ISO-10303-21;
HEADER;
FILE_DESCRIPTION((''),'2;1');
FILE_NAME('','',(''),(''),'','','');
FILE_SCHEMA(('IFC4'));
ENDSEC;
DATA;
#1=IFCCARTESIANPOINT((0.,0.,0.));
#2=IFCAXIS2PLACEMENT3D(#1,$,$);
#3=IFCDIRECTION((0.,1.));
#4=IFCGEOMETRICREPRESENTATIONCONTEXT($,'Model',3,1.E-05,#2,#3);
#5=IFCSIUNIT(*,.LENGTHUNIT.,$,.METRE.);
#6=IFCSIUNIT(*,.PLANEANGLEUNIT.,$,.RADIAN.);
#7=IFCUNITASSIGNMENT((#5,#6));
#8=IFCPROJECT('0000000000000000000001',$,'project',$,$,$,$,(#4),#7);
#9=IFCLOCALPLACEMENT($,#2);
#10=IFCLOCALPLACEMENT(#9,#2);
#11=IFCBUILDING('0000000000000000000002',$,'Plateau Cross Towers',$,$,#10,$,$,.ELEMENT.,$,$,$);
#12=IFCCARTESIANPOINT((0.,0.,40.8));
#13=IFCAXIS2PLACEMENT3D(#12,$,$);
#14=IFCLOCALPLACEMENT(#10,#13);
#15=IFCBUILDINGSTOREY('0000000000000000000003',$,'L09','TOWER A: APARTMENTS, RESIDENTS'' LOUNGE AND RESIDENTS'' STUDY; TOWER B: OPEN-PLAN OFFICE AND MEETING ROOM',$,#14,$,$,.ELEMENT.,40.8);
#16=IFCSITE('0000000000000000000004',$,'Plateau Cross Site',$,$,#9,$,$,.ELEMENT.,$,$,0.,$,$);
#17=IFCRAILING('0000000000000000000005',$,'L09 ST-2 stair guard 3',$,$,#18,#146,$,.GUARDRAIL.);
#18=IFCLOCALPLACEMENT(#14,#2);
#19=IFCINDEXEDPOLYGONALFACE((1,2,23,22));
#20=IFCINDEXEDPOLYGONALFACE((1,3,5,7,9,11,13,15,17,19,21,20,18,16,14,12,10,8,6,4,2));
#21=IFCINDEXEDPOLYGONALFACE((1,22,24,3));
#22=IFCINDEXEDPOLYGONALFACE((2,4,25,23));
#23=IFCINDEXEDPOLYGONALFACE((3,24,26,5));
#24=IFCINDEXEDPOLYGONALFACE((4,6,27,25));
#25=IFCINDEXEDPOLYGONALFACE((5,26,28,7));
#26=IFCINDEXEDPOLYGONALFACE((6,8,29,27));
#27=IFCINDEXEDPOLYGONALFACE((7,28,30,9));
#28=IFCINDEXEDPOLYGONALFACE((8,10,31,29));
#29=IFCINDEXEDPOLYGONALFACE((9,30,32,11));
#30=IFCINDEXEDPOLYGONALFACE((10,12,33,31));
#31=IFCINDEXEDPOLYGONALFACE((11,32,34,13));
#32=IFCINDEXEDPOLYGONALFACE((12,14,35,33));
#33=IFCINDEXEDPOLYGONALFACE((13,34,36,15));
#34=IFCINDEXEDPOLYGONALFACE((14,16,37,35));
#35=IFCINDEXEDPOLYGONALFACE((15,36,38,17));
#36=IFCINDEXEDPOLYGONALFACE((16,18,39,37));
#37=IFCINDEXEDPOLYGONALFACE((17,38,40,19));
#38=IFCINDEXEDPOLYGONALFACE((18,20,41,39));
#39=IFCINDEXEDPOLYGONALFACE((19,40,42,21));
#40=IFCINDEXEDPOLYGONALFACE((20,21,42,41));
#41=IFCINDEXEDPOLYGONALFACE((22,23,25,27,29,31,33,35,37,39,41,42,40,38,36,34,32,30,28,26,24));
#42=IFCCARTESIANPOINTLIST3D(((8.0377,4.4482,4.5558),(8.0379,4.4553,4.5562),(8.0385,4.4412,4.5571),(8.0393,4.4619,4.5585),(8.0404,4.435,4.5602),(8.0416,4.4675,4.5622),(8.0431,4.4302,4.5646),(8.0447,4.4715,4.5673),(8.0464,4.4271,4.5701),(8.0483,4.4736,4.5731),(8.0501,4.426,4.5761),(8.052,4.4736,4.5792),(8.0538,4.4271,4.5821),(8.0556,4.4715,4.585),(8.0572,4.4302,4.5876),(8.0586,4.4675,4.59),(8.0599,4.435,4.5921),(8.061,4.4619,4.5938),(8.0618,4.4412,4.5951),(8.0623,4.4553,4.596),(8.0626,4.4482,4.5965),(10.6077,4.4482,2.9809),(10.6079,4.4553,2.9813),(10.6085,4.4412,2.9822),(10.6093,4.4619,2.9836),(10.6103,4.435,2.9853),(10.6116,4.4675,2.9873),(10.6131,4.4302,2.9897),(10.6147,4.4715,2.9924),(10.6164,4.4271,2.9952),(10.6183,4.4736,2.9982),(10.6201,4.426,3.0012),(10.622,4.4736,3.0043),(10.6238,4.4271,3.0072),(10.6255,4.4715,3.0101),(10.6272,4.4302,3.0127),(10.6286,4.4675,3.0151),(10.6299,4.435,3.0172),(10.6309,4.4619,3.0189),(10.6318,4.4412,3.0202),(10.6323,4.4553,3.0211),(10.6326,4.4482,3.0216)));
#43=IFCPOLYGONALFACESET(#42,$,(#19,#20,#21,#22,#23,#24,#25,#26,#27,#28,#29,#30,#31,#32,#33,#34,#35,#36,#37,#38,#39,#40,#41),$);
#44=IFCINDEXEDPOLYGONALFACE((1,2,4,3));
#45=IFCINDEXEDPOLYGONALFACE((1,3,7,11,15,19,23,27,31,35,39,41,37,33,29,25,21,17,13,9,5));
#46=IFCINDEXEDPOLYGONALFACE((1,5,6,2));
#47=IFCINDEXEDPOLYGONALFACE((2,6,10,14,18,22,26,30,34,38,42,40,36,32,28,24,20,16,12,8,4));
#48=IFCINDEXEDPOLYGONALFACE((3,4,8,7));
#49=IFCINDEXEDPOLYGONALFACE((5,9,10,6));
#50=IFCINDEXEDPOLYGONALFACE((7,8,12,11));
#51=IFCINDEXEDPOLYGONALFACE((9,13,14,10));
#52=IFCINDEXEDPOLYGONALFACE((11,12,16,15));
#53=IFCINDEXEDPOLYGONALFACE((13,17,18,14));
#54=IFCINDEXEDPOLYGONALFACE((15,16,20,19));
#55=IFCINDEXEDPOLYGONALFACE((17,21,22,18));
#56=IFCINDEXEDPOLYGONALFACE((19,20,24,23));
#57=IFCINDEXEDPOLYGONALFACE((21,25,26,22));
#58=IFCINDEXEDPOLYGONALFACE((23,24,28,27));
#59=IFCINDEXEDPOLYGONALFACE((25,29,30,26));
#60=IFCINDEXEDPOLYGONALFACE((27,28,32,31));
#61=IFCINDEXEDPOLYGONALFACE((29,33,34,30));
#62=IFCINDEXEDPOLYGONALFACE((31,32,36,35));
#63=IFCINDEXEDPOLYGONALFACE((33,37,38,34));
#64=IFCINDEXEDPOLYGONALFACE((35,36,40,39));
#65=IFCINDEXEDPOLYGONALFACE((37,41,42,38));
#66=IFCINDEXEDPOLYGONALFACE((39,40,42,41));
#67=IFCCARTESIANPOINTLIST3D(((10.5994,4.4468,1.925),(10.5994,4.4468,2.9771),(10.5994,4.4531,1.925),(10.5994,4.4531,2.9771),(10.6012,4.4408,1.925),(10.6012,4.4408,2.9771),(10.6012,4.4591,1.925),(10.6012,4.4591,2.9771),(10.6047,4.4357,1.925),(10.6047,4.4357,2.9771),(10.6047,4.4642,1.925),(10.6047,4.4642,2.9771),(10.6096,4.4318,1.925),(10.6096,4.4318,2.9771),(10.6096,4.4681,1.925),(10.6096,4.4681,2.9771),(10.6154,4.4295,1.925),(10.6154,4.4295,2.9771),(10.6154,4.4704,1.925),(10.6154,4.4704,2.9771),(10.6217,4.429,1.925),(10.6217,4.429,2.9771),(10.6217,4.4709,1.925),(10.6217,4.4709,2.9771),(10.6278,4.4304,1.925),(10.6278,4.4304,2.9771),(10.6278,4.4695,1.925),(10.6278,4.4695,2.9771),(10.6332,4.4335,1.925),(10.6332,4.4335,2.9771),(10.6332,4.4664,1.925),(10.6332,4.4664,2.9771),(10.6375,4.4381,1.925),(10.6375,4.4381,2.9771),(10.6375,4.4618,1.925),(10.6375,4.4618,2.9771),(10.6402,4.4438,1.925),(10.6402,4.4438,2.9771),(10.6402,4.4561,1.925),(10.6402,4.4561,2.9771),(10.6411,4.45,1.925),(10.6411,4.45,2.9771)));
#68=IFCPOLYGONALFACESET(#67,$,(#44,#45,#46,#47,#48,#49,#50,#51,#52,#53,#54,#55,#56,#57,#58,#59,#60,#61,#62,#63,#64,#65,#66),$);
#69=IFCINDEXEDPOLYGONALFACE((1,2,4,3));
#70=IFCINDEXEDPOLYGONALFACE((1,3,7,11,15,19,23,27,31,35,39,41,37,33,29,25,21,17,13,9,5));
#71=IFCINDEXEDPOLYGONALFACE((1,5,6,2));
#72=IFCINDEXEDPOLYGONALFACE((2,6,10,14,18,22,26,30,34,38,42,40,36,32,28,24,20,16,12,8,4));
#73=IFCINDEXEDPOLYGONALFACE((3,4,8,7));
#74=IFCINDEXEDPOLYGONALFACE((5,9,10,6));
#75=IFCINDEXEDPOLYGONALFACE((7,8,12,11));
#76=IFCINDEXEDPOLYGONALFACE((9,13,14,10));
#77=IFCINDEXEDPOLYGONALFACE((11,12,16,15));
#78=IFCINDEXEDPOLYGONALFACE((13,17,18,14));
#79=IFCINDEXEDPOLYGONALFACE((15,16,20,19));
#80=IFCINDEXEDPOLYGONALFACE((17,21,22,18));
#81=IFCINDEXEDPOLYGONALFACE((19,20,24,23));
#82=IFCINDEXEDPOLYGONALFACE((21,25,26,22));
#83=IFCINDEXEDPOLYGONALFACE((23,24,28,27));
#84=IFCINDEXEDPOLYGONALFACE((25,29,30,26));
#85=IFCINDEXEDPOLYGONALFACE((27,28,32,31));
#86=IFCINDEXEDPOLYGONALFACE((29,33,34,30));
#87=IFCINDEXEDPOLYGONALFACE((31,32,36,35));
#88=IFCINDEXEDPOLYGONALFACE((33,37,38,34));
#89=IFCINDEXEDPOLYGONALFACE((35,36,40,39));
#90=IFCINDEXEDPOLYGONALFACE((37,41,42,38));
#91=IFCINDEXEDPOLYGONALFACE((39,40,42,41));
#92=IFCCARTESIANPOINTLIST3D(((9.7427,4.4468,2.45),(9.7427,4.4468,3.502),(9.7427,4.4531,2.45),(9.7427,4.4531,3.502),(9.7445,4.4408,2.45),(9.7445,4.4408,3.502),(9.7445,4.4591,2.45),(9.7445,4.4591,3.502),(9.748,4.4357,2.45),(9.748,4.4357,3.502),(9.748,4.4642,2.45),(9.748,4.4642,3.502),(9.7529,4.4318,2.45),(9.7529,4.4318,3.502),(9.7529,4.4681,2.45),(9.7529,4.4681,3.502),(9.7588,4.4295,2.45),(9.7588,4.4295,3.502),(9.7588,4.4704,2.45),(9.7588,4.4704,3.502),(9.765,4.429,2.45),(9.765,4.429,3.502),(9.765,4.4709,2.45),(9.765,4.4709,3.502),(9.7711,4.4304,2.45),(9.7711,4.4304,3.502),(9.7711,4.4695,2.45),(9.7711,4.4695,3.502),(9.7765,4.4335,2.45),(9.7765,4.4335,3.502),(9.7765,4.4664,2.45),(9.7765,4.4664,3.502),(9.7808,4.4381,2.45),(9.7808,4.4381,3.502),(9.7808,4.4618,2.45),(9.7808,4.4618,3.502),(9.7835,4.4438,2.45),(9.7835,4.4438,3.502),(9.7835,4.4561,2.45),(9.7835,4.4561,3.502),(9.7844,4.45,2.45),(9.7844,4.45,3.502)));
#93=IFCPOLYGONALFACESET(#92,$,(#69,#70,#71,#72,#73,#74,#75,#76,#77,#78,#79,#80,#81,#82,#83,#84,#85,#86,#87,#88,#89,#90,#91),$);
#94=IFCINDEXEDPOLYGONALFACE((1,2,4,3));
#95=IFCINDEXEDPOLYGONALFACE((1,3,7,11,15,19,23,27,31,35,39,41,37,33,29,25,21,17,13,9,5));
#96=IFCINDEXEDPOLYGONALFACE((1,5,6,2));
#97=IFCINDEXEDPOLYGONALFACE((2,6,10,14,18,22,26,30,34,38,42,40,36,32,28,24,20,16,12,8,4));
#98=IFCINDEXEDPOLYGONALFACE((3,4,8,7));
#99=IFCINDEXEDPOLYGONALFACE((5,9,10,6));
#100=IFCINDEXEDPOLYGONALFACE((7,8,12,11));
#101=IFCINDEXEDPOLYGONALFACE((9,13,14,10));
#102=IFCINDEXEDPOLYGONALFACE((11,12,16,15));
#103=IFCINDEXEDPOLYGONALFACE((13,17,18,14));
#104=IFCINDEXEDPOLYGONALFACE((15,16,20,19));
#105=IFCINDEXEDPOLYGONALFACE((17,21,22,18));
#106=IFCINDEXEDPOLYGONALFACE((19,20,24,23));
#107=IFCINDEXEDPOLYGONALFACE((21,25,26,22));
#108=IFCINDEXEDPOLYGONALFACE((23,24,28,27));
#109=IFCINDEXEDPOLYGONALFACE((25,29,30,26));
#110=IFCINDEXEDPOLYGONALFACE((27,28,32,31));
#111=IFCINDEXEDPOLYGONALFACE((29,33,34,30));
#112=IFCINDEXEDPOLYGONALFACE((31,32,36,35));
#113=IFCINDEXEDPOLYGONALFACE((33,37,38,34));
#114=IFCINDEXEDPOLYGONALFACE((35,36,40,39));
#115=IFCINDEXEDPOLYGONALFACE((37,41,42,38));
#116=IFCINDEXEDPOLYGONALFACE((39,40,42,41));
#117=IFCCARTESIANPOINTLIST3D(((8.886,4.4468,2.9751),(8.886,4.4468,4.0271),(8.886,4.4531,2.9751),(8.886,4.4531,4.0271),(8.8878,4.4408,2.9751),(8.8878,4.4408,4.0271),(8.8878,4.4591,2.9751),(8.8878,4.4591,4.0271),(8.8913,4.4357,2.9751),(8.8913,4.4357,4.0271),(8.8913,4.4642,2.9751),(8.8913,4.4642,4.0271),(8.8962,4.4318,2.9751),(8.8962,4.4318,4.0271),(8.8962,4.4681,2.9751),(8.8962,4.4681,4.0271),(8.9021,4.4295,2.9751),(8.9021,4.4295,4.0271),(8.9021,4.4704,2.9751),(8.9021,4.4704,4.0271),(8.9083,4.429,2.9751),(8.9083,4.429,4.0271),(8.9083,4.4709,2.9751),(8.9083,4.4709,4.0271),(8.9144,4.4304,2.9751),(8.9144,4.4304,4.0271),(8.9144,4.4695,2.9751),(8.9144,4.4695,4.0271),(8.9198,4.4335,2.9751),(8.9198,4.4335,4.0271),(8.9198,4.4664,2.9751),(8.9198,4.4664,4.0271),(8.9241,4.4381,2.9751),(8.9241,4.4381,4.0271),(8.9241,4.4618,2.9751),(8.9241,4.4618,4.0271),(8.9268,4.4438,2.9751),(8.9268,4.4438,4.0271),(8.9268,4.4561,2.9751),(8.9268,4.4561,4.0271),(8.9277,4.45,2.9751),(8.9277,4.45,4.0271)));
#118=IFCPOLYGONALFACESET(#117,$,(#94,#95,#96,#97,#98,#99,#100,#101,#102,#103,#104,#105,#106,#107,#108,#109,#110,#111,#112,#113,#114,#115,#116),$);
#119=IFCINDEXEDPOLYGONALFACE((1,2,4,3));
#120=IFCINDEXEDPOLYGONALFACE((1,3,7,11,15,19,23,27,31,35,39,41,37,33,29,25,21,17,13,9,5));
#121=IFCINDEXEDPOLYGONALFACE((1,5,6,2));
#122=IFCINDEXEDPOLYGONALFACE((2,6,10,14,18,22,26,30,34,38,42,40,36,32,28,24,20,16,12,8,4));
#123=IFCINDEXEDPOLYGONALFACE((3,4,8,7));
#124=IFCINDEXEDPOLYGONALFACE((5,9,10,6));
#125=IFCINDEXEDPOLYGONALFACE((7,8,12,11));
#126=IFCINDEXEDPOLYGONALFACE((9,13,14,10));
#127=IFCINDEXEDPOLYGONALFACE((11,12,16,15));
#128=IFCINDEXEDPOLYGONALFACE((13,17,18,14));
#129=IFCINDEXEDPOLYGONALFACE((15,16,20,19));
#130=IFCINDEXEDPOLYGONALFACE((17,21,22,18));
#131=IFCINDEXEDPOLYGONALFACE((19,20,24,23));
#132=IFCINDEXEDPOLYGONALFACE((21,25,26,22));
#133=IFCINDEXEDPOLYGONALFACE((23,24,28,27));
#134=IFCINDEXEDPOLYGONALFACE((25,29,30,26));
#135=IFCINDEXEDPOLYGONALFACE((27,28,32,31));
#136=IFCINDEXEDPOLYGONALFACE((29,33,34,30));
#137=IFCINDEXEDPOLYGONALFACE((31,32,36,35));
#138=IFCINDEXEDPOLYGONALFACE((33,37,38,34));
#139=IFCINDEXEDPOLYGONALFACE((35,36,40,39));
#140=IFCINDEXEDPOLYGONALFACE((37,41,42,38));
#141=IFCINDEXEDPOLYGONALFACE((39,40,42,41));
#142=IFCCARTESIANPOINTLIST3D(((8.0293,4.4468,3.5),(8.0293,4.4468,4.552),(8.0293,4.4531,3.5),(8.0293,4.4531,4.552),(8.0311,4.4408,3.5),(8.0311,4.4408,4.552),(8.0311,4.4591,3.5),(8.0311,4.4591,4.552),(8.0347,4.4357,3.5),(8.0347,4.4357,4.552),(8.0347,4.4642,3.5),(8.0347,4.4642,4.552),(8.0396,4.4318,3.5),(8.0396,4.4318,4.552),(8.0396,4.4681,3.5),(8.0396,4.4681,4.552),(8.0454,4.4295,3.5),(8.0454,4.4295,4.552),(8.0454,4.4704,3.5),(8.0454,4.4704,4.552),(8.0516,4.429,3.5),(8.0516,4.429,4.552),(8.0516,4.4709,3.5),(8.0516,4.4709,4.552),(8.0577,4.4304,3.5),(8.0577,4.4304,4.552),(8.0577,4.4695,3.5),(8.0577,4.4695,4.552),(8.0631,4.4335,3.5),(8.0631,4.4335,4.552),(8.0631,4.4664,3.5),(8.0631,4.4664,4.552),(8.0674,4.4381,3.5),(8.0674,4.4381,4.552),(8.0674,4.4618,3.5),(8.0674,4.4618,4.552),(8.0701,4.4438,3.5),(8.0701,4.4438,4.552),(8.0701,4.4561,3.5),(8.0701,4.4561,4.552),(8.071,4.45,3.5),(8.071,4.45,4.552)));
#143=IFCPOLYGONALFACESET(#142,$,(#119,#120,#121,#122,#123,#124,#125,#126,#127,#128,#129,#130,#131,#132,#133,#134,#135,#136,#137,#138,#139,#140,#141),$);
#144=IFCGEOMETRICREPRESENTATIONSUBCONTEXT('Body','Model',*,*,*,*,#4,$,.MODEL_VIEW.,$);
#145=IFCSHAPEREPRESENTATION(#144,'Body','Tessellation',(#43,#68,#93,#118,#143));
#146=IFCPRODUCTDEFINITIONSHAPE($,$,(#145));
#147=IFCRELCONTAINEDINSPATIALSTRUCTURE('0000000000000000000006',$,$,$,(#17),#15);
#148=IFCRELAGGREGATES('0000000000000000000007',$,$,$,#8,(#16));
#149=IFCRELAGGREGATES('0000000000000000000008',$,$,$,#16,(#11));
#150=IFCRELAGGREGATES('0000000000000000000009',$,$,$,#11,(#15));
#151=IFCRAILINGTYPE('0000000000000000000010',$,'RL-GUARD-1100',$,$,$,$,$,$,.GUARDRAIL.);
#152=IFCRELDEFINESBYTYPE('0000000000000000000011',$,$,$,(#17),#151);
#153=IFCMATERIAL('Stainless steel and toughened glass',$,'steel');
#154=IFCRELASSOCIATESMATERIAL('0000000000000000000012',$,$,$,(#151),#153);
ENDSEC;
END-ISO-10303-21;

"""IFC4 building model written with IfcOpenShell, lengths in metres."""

from ifc_helpers import new_model, si_unit, direction, frame, origin, origin_2d, place, context, subcontext, project, spatial, circle, extrude, material, type_object, element, save


model = new_model("IFC4")

# Units and contexts
model_context = context("Model", 3, precision=1e-05, world=origin(), true_north=direction((0.0, 1.0)))
body_context = subcontext(model_context, "Body", "Model", "MODEL_VIEW")
ifc_project = project(units=[si_unit("LENGTHUNIT", "METRE"), si_unit("PLANEANGLEUNIT", "RADIAN")], contexts=[model_context])

# Site, building, storey
site_placement = place(None, origin())
site = spatial("IfcSite", under=ifc_project, at=site_placement, Name="Plateau Cross Site", CompositionType="ELEMENT", RefElevation=0.0)
building_placement = place(site_placement, origin())
building = spatial("IfcBuilding", under=site, at=building_placement, Name="Plateau Cross Towers", CompositionType="ELEMENT")
storey_placement = place(building_placement, frame((0.0, 0.0, 40.8)))
storey = spatial("IfcBuildingStorey", under=building, at=storey_placement, Name="L09", Description="TOWER A: APARTMENTS, RESIDENTS' LOUNGE AND RESIDENTS' STUDY; TOWER B: OPEN-PLAN OFFICE AND MEETING ROOM", CompositionType="ELEMENT", Elevation=40.8)

# Railing
ifc_material_1 = material(Name="Stainless steel and toughened glass", Category="steel")
railing_type_1 = type_object("IfcRailingType", Name="RL-GUARD-1100", PredefinedType="GUARDRAIL", material=ifc_material_1)
railing_1_placement = place(storey_placement, frame((10.6201, 4.45, 1.925)))
element("IfcRailing", 1, at=railing_1_placement, inside=storey, type_object=railing_type_1, Name="L09 ST-2 stair guard 3", PredefinedType="GUARDRAIL", context=body_context, shape_type="SweptSolid", body=[
    extrude(circle(Radius=0.0239, at=origin_2d()), frame((0.0, 0.0, 1.0762), z_axis=(-0.852639, 0.0, 0.522501), x_axis=(0.0, -1.0, 0.0)), (0.0, 0.0, 1.0), 3.0142),
    extrude(circle(Radius=0.021, at=origin_2d()), origin(), (0.0, 0.0, 1.0), 1.052),
    extrude(circle(Radius=0.021, at=origin_2d()), frame((-0.8567, 0.0, 0.5249)), (0.0, 0.0, 1.0), 1.052),
    extrude(circle(Radius=0.021, at=origin_2d()), frame((-1.7134, 0.0, 1.05)), (0.0, 0.0, 1.0), 1.052),
    extrude(circle(Radius=0.021, at=origin_2d()), frame((-2.5701, 0.0, 1.575)), (0.0, 0.0, 1.0), 1.052),
])

save(model, "model.ifc")
